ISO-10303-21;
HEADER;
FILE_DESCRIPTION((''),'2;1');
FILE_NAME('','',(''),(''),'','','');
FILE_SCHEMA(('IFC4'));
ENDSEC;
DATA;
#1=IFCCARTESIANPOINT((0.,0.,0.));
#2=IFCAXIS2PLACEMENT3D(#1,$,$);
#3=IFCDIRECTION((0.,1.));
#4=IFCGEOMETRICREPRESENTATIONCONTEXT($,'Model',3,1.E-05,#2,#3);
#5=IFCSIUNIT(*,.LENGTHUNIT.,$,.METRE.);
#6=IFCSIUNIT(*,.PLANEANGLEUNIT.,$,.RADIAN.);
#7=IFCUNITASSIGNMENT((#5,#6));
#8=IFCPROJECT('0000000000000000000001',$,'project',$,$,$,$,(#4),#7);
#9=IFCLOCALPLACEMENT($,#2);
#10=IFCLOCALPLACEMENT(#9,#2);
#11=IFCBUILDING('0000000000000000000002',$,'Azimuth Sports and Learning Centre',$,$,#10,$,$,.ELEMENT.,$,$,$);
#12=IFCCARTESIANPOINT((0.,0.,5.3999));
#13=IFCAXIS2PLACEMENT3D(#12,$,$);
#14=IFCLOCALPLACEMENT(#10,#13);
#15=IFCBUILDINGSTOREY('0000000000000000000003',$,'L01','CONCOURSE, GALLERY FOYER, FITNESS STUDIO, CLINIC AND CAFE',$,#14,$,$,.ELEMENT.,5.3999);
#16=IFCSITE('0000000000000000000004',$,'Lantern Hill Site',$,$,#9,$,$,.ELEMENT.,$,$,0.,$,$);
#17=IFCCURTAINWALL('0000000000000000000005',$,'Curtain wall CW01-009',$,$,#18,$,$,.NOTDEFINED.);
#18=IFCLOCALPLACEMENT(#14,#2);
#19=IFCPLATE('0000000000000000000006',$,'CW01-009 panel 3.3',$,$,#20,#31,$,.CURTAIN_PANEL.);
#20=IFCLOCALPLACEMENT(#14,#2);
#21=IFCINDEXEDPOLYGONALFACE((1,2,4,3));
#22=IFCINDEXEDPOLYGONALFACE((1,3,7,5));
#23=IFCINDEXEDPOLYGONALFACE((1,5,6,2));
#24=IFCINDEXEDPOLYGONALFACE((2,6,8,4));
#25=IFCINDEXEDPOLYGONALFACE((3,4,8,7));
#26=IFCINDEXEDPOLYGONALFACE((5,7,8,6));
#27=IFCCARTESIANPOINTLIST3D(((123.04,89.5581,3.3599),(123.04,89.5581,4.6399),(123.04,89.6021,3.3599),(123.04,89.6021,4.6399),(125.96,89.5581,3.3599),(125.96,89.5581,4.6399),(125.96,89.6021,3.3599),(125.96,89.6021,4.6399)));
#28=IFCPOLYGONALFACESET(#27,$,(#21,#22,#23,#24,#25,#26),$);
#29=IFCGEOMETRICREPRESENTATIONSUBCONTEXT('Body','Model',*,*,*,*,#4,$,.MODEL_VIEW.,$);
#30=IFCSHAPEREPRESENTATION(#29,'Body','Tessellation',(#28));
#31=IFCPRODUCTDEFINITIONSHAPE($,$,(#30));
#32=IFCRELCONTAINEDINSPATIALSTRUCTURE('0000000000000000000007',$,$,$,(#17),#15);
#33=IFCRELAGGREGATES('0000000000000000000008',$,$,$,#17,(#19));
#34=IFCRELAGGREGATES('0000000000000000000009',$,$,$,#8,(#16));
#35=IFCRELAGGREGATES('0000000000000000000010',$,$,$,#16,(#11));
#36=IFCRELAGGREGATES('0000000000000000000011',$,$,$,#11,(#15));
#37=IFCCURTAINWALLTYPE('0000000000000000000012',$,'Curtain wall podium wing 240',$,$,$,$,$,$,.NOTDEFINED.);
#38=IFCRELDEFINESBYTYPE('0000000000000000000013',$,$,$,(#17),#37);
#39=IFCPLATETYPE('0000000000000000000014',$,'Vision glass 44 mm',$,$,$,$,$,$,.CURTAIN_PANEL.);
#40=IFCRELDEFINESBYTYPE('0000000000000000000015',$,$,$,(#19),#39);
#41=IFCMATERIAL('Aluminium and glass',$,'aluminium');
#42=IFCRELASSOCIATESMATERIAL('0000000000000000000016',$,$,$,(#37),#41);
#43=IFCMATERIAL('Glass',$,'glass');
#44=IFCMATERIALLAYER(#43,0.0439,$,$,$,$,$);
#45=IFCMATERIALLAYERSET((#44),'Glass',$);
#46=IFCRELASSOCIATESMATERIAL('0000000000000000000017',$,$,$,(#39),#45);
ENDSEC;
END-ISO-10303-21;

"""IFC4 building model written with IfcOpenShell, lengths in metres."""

from ifc_helpers import new_model, si_unit, direction, frame, origin, origin_2d, place, context, subcontext, project, spatial, rectangle, extrude, material, layer, layer_set, type_object, element, aggregate, save


model = new_model("IFC4")

# Units and contexts
model_context = context("Model", 3, precision=1e-05, world=origin(), true_north=direction((0.0, 1.0)))
body_context = subcontext(model_context, "Body", "Model", "MODEL_VIEW")
ifc_project = project(units=[si_unit("LENGTHUNIT", "METRE"), si_unit("PLANEANGLEUNIT", "RADIAN")], contexts=[model_context])

# Site, building, storey
site_placement = place(None, origin())
site = spatial("IfcSite", under=ifc_project, at=site_placement, Name="Lantern Hill Site", CompositionType="ELEMENT", RefElevation=0.0)
building_placement = place(site_placement, origin())
building = spatial("IfcBuilding", under=site, at=building_placement, Name="Azimuth Sports and Learning Centre", CompositionType="ELEMENT")
storey_placement = place(building_placement, frame((0.0, 0.0, 5.3999)))
storey = spatial("IfcBuildingStorey", under=building, at=storey_placement, Name="L01", Description="CONCOURSE, GALLERY FOYER, FITNESS STUDIO, CLINIC AND CAFE", CompositionType="ELEMENT", Elevation=5.3999)

# Curtain wall, plate
ifc_material_1 = material(Name="Aluminium and glass", Category="aluminium")
curtain_wall_type = type_object("IfcCurtainWallType", Name="Curtain wall podium wing 240", PredefinedType="NOTDEFINED", material=ifc_material_1)
curtain_wall_placement = place(storey_placement, origin())
curtain_wall = element("IfcCurtainWall", 1, at=curtain_wall_placement, inside=storey, type_object=curtain_wall_type, Name="Curtain wall CW01-009", PredefinedType="NOTDEFINED")
ifc_material_2 = material(Name="Glass", Category="glass")
ifc_layer_1 = layer(ifc_material_2, 0.0439)
ifc_layer_set_1 = layer_set([ifc_layer_1], Name="Glass")
plate_type_1 = type_object("IfcPlateType", Name="Vision glass 44 mm", PredefinedType="CURTAIN_PANEL", material=ifc_layer_set_1)
plate_1_placement = place(storey_placement, frame((124.5, 89.5801, 3.3599), z_axis=(0.0, 0.0, 1.0), x_axis=(1.0, 0.0, 0.0)))
plate_1 = element("IfcPlate", 2, at=plate_1_placement, type_object=plate_type_1, Name="CW01-009 panel 3.3", PredefinedType="CURTAIN_PANEL", context=body_context, shape_type="SweptSolid", body=[
    extrude(rectangle(XDim=2.9199, YDim=0.0439, at=origin_2d()), origin(), (0.0, 0.0, 1.0), 1.28),
])
aggregate(curtain_wall, [plate_1])

save(model, "model.ifc")
